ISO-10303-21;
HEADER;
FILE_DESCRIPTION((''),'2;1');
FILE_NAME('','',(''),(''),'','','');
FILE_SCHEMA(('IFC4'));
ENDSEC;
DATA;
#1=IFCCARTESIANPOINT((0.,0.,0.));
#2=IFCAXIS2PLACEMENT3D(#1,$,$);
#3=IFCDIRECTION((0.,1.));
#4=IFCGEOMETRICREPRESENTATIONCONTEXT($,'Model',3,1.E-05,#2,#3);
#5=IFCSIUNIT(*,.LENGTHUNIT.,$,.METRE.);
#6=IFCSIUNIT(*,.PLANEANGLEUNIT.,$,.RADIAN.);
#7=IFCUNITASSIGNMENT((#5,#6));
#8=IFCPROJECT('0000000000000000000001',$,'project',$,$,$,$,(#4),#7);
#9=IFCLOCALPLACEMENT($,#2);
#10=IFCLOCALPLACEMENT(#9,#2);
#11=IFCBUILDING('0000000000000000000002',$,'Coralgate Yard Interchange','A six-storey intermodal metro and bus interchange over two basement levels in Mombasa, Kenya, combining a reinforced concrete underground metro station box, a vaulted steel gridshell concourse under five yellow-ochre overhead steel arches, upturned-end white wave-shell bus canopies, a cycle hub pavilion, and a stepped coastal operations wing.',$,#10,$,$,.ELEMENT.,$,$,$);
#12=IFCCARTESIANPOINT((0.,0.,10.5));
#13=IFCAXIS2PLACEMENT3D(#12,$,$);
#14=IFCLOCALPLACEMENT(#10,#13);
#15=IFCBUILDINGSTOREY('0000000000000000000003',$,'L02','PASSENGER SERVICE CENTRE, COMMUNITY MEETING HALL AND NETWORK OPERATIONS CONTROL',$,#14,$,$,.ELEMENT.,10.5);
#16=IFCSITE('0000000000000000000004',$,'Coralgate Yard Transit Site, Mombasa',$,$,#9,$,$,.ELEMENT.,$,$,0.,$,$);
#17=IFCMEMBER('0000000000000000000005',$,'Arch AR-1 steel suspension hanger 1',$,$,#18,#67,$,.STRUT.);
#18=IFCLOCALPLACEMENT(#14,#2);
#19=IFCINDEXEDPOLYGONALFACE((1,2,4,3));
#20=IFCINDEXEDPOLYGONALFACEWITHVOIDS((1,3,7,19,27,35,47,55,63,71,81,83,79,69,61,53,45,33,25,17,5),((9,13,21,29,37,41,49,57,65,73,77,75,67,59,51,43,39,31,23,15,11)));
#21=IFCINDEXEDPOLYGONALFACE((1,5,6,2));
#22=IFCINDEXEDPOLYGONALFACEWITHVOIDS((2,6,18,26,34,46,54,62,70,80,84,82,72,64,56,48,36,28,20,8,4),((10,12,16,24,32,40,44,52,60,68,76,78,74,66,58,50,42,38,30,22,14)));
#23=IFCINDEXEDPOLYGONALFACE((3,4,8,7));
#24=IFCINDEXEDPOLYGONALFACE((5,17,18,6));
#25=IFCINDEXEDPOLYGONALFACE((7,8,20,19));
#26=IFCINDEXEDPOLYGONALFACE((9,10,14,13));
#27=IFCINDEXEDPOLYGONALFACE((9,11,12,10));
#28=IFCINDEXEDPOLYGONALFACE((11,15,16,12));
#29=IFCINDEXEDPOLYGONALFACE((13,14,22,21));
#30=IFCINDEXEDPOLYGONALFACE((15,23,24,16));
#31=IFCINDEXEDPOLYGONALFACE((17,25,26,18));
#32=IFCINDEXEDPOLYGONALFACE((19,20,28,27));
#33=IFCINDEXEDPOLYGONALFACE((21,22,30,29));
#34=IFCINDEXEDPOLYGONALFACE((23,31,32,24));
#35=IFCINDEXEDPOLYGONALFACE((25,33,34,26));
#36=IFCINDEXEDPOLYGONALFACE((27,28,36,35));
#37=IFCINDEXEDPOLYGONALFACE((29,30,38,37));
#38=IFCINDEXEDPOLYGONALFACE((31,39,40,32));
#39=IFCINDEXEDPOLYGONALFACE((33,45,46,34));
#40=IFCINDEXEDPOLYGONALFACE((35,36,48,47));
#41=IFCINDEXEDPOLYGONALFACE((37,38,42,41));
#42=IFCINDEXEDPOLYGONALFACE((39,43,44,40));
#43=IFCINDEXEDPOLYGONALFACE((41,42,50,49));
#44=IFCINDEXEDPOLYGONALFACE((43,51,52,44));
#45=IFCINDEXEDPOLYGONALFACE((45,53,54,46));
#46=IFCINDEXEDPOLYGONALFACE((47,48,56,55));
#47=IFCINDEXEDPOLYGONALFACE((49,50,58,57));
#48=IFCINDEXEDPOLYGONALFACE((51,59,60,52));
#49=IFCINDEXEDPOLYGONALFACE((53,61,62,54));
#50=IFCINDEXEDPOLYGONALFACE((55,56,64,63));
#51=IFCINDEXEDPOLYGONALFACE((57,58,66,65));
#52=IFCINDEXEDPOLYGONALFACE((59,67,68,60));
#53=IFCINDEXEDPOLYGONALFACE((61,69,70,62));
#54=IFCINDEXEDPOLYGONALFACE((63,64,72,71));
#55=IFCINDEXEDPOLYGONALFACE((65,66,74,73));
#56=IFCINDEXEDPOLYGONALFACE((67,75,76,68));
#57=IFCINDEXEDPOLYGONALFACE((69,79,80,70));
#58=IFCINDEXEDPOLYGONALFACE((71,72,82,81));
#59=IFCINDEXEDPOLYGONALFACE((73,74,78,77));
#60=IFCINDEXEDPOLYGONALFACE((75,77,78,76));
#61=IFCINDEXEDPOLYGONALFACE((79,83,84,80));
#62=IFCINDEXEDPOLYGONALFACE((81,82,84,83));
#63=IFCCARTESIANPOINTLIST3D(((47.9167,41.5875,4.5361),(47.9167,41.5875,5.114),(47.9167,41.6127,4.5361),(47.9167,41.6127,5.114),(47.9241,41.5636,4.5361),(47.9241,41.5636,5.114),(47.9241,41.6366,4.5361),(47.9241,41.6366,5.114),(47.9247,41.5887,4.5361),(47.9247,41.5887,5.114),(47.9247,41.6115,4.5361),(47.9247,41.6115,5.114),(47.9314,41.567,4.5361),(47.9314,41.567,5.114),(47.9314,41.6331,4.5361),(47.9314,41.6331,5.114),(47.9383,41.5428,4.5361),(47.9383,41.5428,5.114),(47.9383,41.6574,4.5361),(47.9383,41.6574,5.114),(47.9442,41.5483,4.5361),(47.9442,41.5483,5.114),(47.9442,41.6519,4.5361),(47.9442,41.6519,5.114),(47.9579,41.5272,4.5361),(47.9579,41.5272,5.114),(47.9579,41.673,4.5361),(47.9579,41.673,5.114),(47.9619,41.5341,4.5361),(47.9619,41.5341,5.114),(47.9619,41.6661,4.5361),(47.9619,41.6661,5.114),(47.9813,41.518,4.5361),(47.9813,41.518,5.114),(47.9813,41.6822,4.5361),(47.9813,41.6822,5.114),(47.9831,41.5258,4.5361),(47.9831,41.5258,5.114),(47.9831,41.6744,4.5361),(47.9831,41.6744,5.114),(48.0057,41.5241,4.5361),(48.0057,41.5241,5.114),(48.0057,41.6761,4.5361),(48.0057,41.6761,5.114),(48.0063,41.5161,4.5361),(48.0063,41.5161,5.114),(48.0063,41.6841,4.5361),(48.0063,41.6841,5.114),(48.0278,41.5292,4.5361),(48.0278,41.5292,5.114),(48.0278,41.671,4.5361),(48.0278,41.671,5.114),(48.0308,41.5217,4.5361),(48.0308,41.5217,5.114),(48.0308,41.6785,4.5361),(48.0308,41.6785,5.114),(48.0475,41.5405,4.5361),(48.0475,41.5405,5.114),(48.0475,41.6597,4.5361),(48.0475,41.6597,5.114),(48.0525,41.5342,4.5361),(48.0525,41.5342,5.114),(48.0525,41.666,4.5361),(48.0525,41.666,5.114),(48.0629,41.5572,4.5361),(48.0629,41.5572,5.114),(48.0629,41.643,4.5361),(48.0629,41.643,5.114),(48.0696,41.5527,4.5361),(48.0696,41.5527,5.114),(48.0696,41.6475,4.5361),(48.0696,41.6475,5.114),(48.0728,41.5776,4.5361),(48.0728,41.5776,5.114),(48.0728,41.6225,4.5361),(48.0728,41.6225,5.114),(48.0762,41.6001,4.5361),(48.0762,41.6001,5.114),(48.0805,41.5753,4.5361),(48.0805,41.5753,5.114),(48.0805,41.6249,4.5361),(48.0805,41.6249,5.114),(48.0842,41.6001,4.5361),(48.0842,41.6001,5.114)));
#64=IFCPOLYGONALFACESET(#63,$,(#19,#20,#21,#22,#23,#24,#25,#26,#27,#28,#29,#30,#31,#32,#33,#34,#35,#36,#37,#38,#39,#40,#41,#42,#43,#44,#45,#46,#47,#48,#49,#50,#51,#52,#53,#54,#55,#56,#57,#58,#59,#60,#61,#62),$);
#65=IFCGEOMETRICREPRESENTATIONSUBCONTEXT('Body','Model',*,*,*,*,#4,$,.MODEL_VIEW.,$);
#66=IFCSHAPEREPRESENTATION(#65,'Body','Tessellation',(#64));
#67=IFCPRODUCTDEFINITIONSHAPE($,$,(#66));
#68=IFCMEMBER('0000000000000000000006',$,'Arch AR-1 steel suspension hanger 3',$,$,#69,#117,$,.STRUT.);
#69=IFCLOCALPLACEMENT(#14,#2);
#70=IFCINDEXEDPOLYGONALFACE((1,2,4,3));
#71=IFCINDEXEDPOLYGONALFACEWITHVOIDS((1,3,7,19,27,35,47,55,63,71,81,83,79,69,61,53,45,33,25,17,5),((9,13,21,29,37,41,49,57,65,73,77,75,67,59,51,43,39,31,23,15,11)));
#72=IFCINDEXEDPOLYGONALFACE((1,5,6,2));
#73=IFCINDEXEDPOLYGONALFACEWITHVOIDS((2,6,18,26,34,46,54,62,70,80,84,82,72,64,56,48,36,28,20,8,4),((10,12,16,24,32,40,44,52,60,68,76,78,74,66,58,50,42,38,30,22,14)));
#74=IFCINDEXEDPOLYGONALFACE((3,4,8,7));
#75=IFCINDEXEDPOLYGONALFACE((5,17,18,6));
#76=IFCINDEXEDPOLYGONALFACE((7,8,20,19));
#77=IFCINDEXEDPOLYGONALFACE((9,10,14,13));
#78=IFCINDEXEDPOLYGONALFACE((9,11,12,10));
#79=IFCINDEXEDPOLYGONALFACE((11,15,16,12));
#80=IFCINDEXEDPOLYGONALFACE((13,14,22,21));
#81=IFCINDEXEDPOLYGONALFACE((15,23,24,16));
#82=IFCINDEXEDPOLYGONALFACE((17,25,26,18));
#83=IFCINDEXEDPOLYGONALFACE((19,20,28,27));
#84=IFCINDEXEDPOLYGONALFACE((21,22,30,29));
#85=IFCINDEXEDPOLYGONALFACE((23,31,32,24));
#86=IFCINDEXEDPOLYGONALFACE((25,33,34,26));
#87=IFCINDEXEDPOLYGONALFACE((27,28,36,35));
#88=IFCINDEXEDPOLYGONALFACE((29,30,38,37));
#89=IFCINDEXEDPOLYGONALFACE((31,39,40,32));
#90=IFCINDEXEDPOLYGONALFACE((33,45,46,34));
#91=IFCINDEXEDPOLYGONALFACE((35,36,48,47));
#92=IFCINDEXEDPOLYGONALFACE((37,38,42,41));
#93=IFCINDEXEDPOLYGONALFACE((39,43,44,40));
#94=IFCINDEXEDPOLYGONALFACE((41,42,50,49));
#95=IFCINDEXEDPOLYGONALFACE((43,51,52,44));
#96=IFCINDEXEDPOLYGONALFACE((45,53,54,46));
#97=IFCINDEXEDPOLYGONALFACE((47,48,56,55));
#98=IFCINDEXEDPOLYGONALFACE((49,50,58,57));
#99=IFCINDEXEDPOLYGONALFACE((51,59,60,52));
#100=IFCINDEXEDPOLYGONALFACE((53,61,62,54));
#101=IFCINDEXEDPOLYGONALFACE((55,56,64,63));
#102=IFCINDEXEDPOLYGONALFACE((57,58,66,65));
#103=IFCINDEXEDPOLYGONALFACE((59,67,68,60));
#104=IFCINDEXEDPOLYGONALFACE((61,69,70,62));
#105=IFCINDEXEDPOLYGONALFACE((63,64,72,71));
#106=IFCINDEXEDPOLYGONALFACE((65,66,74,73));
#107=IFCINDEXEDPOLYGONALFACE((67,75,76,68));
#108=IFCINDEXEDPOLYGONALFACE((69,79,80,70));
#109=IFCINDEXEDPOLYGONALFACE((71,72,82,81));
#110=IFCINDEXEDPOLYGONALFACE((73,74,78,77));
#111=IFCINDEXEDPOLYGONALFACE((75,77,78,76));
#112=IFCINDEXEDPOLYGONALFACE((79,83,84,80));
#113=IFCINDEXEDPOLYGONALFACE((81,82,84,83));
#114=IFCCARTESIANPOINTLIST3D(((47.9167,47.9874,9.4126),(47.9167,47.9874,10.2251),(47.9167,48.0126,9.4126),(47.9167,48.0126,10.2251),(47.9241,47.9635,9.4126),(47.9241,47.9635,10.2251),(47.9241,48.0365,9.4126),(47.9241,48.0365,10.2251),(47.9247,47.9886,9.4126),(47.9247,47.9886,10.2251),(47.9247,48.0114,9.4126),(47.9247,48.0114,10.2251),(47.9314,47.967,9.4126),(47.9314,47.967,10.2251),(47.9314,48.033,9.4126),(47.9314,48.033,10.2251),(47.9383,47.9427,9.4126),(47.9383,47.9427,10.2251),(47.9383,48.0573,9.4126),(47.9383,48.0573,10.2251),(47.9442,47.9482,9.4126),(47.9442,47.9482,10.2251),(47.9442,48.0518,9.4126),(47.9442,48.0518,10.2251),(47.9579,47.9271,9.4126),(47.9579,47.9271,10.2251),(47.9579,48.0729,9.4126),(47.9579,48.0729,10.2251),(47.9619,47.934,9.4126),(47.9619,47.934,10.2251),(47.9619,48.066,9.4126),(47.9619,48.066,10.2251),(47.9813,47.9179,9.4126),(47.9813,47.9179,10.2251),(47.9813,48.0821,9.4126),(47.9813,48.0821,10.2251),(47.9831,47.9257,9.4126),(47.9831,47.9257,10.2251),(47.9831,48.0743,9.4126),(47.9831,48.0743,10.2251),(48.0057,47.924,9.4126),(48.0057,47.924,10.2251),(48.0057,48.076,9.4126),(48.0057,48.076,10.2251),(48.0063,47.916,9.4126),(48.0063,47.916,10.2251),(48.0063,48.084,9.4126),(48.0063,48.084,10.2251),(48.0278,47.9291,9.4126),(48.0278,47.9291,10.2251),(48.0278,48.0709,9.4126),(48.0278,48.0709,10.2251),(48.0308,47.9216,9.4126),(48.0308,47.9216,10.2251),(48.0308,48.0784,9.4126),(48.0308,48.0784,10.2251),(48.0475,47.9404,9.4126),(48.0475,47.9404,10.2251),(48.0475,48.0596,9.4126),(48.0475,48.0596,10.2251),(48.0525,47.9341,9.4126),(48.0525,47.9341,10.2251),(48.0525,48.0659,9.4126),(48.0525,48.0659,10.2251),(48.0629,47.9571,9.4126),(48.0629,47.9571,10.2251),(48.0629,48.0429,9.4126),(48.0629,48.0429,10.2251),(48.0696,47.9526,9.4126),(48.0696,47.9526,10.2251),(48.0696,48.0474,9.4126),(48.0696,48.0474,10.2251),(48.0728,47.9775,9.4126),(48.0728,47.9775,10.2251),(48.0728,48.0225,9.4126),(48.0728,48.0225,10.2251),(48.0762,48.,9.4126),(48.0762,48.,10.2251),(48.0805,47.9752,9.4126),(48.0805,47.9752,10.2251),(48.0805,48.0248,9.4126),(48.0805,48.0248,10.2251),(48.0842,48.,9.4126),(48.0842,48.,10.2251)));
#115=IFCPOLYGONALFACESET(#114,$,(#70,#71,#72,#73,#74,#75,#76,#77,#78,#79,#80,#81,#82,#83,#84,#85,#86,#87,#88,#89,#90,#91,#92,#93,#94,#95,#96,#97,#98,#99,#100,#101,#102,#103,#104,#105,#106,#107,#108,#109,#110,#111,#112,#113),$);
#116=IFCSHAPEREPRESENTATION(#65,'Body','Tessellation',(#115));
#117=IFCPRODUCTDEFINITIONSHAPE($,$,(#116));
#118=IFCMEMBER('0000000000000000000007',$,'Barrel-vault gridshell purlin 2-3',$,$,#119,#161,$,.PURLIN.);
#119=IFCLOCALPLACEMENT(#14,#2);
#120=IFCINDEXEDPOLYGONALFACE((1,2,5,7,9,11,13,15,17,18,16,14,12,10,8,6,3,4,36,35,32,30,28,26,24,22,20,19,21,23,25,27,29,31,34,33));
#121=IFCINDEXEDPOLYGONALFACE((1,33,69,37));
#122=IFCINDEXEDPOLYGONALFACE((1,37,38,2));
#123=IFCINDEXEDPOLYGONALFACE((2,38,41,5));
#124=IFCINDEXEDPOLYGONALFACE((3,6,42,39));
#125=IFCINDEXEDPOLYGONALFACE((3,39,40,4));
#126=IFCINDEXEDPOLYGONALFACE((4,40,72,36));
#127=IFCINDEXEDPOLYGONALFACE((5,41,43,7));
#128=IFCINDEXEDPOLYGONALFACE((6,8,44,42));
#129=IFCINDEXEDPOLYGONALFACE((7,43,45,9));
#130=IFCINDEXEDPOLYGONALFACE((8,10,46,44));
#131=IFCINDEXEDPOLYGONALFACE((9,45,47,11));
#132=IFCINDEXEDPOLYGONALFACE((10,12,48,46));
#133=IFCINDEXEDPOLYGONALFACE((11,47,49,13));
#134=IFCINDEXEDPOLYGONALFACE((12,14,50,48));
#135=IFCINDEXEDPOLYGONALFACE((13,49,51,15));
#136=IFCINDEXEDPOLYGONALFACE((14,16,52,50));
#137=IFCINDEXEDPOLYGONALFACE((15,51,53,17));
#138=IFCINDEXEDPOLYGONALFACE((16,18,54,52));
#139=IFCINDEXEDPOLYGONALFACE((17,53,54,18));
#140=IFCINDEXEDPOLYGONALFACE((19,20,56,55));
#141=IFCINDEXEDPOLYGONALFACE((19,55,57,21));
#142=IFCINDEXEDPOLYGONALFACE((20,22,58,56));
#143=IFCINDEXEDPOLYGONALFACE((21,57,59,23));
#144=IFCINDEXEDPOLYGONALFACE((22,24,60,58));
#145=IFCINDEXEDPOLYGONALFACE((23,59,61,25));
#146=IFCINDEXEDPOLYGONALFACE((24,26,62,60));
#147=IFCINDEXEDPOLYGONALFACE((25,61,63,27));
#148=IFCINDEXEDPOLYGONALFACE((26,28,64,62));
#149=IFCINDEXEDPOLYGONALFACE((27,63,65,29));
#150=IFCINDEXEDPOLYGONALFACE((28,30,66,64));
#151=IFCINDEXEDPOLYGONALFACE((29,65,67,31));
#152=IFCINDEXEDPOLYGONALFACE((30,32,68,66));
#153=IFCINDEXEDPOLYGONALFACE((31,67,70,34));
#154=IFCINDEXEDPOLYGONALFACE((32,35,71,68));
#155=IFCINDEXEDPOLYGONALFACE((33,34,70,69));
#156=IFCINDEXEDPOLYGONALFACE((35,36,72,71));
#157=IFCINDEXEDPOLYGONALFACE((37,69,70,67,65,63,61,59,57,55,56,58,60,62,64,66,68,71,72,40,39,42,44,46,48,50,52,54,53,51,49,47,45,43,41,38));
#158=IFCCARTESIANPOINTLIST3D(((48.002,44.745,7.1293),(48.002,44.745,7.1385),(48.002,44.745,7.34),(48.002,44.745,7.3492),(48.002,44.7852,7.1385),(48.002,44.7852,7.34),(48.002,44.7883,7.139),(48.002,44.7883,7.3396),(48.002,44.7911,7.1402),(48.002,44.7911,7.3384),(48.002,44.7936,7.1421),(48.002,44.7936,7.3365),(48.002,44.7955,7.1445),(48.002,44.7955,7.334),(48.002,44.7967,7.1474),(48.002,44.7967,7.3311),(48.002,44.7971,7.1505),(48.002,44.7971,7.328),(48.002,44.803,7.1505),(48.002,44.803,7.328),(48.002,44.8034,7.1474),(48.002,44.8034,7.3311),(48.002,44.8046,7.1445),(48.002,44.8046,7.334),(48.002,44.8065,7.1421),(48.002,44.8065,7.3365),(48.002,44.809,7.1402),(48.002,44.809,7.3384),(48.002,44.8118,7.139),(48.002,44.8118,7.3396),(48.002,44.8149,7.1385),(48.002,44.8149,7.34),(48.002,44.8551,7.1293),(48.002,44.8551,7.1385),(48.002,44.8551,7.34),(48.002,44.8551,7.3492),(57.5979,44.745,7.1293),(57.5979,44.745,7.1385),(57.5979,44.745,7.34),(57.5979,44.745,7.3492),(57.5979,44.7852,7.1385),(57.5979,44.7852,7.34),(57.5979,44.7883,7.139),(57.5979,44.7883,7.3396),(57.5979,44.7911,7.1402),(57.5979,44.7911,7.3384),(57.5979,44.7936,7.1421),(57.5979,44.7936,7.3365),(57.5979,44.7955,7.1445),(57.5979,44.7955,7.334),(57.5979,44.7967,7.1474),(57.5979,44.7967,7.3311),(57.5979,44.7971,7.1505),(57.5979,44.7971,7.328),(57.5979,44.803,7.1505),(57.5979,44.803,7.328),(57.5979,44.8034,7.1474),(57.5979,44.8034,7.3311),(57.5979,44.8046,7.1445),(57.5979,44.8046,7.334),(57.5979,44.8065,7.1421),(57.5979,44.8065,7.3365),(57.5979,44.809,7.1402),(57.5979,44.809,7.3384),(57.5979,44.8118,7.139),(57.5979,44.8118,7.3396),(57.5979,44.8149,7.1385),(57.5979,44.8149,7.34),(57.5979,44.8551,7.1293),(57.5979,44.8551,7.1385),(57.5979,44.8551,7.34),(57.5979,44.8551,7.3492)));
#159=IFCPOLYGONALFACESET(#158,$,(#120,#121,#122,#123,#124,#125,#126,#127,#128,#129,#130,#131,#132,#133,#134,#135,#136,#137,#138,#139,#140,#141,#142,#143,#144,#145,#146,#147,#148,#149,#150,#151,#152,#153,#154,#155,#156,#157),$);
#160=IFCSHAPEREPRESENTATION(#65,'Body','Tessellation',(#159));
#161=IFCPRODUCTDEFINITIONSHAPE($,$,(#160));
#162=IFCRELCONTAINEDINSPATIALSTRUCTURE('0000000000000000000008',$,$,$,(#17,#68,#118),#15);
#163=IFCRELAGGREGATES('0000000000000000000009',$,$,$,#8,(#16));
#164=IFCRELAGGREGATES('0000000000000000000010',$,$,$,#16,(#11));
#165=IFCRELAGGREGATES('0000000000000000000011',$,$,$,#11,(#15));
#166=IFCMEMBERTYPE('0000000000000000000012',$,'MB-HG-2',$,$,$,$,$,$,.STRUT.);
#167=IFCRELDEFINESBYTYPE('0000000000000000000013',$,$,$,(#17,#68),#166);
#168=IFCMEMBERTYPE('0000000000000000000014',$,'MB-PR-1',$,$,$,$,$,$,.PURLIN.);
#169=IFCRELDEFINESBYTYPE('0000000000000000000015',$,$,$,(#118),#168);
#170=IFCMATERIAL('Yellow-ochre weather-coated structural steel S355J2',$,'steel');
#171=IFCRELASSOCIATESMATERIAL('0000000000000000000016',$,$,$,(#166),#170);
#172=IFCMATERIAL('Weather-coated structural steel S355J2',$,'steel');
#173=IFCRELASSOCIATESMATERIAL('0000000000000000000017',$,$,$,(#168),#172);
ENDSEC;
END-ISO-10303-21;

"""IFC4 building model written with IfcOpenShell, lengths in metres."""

from ifc_helpers import new_model, si_unit, direction, frame, origin, origin_2d, place, context, subcontext, project, spatial, hollow_circle, i_section, extrude, material, material_profile, profile_set, type_object, element, save


model = new_model("IFC4")

# Units and contexts
model_context = context("Model", 3, precision=1e-05, world=origin(), true_north=direction((0.0, 1.0)))
body_context = subcontext(model_context, "Body", "Model", "MODEL_VIEW")
ifc_project = project(units=[si_unit("LENGTHUNIT", "METRE"), si_unit("PLANEANGLEUNIT", "RADIAN")], contexts=[model_context])

# Site, building, storey
site_placement = place(None, origin())
site = spatial("IfcSite", under=ifc_project, at=site_placement, Name="Coralgate Yard Transit Site, Mombasa", CompositionType="ELEMENT", RefElevation=0.0)
building_placement = place(site_placement, origin())
building = spatial("IfcBuilding", under=site, at=building_placement, Name="Coralgate Yard Interchange", Description="A six-storey intermodal metro and bus interchange over two basement levels in Mombasa, Kenya, combining a reinforced concrete underground metro station box, a vaulted steel gridshell concourse under five yellow-ochre overhead steel arches, upturned-end white wave-shell bus canopies, a cycle hub pavilion, and a stepped coastal operations wing.", CompositionType="ELEMENT")
storey_placement = place(building_placement, frame((0.0, 0.0, 10.5)))
storey = spatial("IfcBuildingStorey", under=building, at=storey_placement, Name="L02", Description="PASSENGER SERVICE CENTRE, COMMUNITY MEETING HALL AND NETWORK OPERATIONS CONTROL", CompositionType="ELEMENT", Elevation=10.5)

# Shared definitions
ifc_material_1 = material(Name="Yellow-ochre weather-coated structural steel S355J2", Category="steel")
ifc_material_2 = material(Name="Weather-coated structural steel S355J2", Category="steel")

# Members
ifc_material_profile_1 = material_profile(ifc_material_1, hollow_circle(Radius=0.0842, WallThickness=0.0081, at=origin_2d()), Name="CHS 168.3x8")
ifc_profile_set_1 = profile_set([ifc_material_profile_1], Name="Yellow-ochre weather-coated structural steel S355J2")
member_type_1 = type_object("IfcMemberType", Name="MB-HG-2", PredefinedType="STRUT", material=ifc_profile_set_1)
member_1_placement = place(storey_placement, frame((48.0, 41.6001, 4.5361), z_axis=(0.0, 0.0, 1.0), x_axis=(1.0, 0.0, 0.0)))
element("IfcMember", 1, at=member_1_placement, inside=storey, type_object=member_type_1, Name="Arch AR-1 steel suspension hanger 1", PredefinedType="STRUT", context=body_context, shape_type="SweptSolid", body=[
    extrude(hollow_circle(Radius=0.0842, WallThickness=0.0081, at=origin_2d()), origin(), (0.0, 0.0, 1.0), 0.5779),
])
member_2_placement = place(storey_placement, frame((48.0, 48.0, 9.4126), z_axis=(0.0, 0.0, 1.0), x_axis=(1.0, 0.0, 0.0)))
element("IfcMember", 2, at=member_2_placement, inside=storey, type_object=member_type_1, Name="Arch AR-1 steel suspension hanger 3", PredefinedType="STRUT", context=body_context, shape_type="SweptSolid", body=[
    extrude(hollow_circle(Radius=0.0842, WallThickness=0.0081, at=origin_2d()), origin(), (0.0, 0.0, 1.0), 0.8125),
])
ifc_material_profile_2 = material_profile(ifc_material_2, i_section(OverallWidth=0.1101, OverallDepth=0.22, WebThickness=0.0059, FlangeThickness=0.0093, FilletRadius=0.012, at=origin_2d()), Name="IPE 220")
ifc_profile_set_2 = profile_set([ifc_material_profile_2], Name="Weather-coated structural steel S355J2")
member_type_2 = type_object("IfcMemberType", Name="MB-PR-1", PredefinedType="PURLIN", material=ifc_profile_set_2)
for number, where, z_axis, x_axis, name in (
    (3, (48.002, 44.8, 7.2393), (1.0, 0.0, 0.0), (0.0, 1.0, 0.0), "Barrel-vault gridshell purlin 2-3"),
):
    element("IfcMember", number, at=place(storey_placement, frame(where, z_axis=z_axis, x_axis=x_axis)), inside=storey, type_object=member_type_2, Name=name, PredefinedType="PURLIN", context=body_context, shape_type="SweptSolid", body=[
        extrude(i_section(OverallWidth=0.1101, OverallDepth=0.22, WebThickness=0.0059, FlangeThickness=0.0093, FilletRadius=0.012, at=origin_2d()), origin(), (0.0, 0.0, 1.0), 9.5959),
    ])

save(model, "model.ifc")
